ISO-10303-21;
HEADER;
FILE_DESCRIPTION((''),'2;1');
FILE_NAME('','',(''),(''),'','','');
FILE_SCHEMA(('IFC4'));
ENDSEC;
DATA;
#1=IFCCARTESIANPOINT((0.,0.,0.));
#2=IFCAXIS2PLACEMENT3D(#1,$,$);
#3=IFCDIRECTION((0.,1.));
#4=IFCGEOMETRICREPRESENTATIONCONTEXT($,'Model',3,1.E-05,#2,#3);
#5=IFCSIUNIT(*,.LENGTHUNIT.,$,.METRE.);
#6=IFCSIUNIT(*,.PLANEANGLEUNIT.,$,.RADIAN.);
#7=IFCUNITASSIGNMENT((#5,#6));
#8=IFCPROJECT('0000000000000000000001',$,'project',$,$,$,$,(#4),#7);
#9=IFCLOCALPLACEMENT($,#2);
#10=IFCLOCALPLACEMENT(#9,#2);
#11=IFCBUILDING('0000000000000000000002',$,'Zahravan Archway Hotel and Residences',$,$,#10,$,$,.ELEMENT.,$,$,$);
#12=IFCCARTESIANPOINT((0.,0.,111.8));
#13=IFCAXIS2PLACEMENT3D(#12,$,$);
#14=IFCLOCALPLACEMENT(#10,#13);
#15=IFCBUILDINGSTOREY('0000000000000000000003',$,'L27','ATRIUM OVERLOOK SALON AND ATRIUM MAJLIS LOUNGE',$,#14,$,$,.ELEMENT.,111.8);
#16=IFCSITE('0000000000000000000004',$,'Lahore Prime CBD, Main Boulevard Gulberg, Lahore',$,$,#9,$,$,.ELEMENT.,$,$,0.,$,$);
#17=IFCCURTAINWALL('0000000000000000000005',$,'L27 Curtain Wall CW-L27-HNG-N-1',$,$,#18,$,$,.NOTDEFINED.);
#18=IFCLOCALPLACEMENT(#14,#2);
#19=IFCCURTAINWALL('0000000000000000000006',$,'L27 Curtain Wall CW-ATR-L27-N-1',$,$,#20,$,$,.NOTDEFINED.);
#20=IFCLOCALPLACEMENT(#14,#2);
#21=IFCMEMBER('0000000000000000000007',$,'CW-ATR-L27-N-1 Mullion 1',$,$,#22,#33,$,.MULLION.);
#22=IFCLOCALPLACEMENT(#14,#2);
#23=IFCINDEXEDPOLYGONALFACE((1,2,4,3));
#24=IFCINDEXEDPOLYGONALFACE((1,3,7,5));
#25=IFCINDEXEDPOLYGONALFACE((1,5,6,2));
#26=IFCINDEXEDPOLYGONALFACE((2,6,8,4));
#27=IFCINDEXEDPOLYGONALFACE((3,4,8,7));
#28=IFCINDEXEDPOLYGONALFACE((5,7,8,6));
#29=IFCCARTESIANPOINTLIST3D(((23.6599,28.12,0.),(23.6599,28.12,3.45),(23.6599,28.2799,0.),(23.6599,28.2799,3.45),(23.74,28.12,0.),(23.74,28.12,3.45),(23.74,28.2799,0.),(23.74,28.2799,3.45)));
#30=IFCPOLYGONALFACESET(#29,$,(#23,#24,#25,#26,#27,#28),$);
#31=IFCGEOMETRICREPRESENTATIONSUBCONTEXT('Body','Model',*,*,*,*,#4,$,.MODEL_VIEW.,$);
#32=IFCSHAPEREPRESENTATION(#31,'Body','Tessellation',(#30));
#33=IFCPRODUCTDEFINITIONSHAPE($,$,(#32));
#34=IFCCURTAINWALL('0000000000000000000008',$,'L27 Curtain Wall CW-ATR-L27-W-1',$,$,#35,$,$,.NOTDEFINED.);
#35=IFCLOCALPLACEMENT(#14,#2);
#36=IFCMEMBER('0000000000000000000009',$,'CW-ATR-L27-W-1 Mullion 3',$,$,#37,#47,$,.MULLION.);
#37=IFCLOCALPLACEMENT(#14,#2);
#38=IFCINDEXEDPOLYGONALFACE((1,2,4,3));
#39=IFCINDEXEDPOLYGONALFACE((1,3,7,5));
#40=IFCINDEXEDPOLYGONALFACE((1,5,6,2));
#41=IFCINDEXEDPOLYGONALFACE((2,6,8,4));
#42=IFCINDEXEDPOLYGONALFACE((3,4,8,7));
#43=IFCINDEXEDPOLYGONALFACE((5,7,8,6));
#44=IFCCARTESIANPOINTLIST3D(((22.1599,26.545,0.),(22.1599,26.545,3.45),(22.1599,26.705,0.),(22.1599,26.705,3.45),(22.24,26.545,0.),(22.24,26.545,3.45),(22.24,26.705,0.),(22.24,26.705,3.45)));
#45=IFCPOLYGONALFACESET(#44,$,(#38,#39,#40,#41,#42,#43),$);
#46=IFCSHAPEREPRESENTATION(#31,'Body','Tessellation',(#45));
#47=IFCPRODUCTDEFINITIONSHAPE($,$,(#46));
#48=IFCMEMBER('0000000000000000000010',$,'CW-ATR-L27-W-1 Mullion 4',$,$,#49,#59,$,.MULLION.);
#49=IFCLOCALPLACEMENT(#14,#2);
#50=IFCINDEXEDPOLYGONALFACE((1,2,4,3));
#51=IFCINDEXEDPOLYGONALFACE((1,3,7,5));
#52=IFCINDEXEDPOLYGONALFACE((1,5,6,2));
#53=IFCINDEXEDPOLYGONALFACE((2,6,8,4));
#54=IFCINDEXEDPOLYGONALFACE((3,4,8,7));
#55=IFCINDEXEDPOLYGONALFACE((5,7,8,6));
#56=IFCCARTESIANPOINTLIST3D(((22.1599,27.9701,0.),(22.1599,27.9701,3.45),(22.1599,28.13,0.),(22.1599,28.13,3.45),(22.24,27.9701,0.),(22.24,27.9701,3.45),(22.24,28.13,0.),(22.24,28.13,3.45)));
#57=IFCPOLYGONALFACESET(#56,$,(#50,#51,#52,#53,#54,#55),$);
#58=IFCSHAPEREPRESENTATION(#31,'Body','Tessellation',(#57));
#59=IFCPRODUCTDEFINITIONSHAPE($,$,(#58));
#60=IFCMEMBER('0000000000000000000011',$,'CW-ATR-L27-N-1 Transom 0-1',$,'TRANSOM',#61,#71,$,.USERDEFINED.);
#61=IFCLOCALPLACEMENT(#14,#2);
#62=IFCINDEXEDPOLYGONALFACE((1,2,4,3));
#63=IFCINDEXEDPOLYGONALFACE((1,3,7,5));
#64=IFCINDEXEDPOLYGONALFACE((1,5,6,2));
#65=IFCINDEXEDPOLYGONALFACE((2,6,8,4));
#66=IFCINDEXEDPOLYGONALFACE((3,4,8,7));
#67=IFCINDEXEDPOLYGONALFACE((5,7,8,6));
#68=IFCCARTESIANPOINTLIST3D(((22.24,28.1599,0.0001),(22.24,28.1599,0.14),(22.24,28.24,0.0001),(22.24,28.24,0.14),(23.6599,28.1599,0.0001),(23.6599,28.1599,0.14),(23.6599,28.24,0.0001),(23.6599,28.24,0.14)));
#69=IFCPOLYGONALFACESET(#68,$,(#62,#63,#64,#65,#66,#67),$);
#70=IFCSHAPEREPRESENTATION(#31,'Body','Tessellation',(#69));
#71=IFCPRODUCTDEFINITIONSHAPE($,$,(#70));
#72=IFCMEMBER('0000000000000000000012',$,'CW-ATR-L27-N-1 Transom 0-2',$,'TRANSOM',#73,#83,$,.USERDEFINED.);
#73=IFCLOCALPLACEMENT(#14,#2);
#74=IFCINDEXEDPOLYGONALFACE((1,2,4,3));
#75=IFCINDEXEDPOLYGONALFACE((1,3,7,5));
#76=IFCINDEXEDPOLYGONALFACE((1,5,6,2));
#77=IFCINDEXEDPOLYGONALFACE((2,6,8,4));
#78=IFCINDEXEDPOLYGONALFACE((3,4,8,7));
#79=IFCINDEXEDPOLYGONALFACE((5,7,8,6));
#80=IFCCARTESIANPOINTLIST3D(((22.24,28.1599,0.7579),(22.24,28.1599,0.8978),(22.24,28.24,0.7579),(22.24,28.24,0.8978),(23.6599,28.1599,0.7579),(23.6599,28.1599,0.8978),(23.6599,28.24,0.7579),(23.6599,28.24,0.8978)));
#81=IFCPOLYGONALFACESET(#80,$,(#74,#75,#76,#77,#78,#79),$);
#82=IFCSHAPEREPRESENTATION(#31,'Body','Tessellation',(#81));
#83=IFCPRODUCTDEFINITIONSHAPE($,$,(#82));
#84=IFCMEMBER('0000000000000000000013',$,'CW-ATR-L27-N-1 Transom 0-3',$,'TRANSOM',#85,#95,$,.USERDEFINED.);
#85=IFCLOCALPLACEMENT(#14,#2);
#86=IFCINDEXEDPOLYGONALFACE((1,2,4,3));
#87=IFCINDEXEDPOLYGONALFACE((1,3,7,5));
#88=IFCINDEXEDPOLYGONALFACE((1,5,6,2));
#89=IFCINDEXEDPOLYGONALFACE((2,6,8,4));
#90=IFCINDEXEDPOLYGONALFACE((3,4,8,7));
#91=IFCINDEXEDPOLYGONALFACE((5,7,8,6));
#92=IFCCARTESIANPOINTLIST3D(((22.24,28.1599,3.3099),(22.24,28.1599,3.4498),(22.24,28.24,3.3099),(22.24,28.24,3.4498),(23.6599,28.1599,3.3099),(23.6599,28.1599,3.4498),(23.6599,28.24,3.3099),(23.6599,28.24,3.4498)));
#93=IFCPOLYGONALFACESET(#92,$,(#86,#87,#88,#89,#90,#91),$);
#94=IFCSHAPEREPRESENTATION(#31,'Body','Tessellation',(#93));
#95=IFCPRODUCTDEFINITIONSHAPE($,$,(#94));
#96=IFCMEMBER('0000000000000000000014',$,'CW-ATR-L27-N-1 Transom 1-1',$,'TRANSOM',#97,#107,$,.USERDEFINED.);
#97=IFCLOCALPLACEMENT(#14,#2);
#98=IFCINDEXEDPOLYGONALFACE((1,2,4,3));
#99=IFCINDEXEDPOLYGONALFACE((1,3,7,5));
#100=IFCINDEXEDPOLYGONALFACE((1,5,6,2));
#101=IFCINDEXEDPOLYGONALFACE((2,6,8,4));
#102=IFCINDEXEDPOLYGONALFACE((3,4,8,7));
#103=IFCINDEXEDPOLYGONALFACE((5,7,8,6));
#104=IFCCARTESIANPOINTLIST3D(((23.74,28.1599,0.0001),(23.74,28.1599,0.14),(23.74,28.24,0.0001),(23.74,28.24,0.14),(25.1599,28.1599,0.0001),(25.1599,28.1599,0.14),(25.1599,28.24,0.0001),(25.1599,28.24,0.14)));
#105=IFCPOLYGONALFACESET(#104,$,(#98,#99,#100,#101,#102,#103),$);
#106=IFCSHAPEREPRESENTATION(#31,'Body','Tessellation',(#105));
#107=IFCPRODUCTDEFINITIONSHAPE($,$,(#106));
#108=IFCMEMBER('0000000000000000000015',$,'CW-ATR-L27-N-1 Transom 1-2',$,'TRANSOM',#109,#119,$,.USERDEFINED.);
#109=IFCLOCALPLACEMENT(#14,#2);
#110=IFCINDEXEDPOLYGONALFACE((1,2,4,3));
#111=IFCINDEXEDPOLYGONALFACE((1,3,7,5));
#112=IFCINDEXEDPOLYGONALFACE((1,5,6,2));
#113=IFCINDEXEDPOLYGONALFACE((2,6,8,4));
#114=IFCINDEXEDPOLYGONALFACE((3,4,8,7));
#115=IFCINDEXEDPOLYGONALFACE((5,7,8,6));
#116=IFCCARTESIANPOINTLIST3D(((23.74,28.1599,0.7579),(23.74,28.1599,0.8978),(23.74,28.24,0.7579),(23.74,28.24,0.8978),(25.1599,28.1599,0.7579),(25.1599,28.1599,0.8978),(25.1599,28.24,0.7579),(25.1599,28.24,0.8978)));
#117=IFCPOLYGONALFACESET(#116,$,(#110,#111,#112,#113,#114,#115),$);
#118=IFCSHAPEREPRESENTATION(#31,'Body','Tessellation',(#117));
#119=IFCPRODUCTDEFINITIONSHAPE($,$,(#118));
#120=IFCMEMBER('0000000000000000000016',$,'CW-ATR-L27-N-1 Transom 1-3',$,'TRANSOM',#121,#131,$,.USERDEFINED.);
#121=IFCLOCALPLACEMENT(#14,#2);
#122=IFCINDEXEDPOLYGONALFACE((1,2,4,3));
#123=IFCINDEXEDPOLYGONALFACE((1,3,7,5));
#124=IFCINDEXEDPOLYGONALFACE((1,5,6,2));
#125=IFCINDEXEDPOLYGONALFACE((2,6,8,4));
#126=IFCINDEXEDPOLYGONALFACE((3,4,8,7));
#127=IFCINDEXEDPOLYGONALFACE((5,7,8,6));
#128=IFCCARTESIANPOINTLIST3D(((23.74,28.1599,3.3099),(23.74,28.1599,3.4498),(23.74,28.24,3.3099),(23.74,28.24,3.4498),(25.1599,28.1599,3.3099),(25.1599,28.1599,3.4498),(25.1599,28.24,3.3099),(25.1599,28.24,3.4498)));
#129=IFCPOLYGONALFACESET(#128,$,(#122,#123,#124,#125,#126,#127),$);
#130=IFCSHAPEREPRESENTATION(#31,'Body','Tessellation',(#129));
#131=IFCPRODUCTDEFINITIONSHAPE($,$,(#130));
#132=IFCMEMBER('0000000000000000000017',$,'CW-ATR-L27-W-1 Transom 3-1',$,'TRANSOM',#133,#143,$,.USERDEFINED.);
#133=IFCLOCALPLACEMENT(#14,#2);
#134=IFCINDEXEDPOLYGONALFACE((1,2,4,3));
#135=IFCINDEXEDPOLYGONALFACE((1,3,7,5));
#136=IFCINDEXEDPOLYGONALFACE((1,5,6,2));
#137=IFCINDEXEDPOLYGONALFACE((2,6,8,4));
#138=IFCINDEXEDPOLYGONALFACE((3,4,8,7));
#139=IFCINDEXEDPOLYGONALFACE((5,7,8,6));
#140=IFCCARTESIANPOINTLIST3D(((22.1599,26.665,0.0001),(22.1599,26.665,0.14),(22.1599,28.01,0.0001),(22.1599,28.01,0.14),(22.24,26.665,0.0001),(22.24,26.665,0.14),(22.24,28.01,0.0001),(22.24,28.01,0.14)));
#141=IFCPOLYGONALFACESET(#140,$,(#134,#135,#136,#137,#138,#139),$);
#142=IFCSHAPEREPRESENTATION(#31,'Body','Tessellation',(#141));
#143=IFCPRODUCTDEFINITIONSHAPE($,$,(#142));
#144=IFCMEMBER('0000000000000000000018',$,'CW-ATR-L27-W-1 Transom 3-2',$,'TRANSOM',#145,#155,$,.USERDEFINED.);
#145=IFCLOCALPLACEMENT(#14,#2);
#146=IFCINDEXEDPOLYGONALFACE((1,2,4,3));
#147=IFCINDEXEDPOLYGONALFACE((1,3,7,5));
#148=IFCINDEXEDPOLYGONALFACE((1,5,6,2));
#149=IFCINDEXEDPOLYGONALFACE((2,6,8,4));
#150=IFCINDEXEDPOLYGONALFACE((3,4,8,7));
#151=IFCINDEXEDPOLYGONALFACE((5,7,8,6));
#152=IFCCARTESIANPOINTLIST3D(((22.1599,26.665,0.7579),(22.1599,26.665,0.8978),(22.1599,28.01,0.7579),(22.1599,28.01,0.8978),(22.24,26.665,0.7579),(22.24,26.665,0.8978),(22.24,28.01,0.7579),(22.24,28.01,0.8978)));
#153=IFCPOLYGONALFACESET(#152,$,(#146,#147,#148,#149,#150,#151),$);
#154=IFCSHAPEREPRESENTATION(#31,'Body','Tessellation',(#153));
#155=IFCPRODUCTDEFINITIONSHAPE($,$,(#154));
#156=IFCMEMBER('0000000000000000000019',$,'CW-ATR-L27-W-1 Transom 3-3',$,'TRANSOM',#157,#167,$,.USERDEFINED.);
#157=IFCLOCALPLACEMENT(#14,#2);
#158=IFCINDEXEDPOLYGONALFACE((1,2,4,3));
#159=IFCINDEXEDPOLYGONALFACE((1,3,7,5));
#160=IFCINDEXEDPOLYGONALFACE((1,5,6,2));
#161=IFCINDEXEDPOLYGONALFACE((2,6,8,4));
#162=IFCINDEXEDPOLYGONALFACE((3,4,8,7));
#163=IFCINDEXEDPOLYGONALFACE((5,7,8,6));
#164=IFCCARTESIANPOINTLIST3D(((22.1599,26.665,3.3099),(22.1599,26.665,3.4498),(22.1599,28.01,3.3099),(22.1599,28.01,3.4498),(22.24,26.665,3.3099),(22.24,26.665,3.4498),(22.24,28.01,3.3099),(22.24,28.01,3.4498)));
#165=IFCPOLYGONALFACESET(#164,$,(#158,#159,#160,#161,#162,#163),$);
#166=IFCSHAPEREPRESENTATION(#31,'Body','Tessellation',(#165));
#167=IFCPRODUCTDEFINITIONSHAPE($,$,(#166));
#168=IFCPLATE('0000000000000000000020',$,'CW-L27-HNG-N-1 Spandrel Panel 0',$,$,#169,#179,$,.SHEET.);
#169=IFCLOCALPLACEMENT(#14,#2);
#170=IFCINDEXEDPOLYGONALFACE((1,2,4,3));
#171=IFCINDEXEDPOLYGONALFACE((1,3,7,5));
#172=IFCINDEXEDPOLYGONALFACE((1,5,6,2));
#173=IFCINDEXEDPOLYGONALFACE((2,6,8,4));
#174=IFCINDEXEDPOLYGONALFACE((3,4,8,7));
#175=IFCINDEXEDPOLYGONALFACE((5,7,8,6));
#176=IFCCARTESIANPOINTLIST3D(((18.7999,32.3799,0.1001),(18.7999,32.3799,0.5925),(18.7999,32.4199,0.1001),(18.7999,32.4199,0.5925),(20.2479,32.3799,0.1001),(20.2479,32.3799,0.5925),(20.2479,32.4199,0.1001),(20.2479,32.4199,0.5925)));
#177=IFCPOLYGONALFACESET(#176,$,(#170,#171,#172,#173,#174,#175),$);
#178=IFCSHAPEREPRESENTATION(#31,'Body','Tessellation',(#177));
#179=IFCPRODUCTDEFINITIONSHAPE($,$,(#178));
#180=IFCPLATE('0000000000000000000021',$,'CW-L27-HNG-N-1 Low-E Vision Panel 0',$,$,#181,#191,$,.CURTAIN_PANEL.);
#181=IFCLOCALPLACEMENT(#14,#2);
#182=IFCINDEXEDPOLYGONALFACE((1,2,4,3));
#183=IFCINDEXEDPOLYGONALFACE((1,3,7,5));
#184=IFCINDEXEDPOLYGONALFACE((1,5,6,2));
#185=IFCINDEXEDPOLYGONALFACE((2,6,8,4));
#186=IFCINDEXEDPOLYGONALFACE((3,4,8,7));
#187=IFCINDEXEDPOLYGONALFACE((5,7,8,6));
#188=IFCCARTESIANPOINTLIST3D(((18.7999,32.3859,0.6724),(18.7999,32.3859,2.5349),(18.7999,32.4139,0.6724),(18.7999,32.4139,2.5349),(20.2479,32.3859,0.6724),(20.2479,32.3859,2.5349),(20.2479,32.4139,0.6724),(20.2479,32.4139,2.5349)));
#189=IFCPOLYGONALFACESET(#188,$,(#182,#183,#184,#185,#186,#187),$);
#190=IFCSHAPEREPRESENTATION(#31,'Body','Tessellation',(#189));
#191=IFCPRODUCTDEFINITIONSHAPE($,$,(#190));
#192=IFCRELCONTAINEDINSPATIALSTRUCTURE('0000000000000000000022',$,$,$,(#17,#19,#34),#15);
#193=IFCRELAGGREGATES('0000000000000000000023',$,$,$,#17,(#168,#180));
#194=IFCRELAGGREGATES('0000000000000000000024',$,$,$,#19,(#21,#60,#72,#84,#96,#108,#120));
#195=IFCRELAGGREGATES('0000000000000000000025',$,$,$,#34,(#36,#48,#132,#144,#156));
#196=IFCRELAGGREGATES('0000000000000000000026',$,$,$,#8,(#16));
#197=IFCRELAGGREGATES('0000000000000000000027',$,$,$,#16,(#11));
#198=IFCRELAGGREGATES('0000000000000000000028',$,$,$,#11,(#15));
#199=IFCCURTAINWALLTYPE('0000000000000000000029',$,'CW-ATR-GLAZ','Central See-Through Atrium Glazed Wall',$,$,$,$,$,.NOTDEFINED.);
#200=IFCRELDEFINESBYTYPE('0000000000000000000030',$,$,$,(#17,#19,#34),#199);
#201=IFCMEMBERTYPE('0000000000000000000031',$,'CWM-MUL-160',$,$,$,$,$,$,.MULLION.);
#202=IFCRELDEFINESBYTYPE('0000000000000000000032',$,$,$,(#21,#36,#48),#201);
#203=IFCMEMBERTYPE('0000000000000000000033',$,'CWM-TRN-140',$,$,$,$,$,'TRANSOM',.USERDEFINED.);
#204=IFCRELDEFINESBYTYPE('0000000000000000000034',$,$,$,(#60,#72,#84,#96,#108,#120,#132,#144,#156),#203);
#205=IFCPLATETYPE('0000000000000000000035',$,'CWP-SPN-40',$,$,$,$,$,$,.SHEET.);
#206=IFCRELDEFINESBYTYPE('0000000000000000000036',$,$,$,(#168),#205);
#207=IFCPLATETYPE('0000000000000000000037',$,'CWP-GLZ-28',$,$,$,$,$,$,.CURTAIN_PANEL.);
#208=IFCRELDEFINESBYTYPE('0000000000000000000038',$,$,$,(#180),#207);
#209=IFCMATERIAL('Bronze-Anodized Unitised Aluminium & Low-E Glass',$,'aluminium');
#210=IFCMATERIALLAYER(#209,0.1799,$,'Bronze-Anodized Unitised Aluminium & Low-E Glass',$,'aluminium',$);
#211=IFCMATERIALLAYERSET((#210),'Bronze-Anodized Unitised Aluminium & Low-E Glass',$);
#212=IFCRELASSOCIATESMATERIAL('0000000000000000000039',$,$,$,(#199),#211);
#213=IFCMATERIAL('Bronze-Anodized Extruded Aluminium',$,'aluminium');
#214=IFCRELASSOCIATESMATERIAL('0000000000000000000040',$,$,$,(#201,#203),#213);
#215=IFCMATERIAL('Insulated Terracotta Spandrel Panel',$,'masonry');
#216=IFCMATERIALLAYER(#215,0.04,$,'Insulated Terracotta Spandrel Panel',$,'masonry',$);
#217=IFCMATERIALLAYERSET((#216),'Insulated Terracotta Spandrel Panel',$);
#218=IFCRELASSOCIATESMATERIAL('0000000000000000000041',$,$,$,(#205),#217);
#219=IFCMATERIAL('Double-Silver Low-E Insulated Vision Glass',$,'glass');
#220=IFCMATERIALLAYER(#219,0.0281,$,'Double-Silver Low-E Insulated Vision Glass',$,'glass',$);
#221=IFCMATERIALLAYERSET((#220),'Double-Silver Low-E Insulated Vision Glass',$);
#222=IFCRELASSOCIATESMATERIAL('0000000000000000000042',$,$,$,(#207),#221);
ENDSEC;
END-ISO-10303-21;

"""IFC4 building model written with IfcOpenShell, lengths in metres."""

from ifc_helpers import new_model, si_unit, direction, frame, origin, origin_2d, place, context, subcontext, project, spatial, rectangle, extrude, source, transform, mapped, material, layer, layer_set, material_profile, profile_set, type_object, element, aggregate, save


model = new_model("IFC4")

# Units and contexts
model_context = context("Model", 3, precision=1e-05, world=origin(), true_north=direction((0.0, 1.0)))
body_context = subcontext(model_context, "Body", "Model", "MODEL_VIEW")
ifc_project = project(units=[si_unit("LENGTHUNIT", "METRE"), si_unit("PLANEANGLEUNIT", "RADIAN")], contexts=[model_context])

# Site, building, storey
site_placement = place(None, origin())
site = spatial("IfcSite", under=ifc_project, at=site_placement, Name="Lahore Prime CBD, Main Boulevard Gulberg, Lahore", CompositionType="ELEMENT", RefElevation=0.0)
building_placement = place(site_placement, origin())
building = spatial("IfcBuilding", under=site, at=building_placement, Name="Zahravan Archway Hotel and Residences", CompositionType="ELEMENT")
storey_placement = place(building_placement, frame((0.0, 0.0, 111.8)))
storey = spatial("IfcBuildingStorey", under=building, at=storey_placement, Name="L27", Description="ATRIUM OVERLOOK SALON AND ATRIUM MAJLIS LOUNGE", CompositionType="ELEMENT", Elevation=111.8)

# Curtain walls, members
ifc_material_1 = material(Name="Bronze-Anodized Unitised Aluminium & Low-E Glass", Category="aluminium")
ifc_layer_1 = layer(ifc_material_1, 0.1799, Name="Bronze-Anodized Unitised Aluminium & Low-E Glass", Category="aluminium")
ifc_layer_set_1 = layer_set([ifc_layer_1], Name="Bronze-Anodized Unitised Aluminium & Low-E Glass")
curtain_wall_type = type_object("IfcCurtainWallType", Name="CW-ATR-GLAZ", Description="Central See-Through Atrium Glazed Wall", PredefinedType="NOTDEFINED", material=ifc_layer_set_1)
curtain_wall_1_placement = place(storey_placement, origin())
curtain_wall_1 = element("IfcCurtainWall", 1, at=curtain_wall_1_placement, inside=storey, type_object=curtain_wall_type, Name="L27 Curtain Wall CW-L27-HNG-N-1", PredefinedType="NOTDEFINED")
ifc_material_2 = material(Name="Bronze-Anodized Extruded Aluminium", Category="aluminium")
ifc_material_profile_1 = material_profile(ifc_material_2, rectangle(XDim=0.0801, YDim=0.1599, at=origin_2d()), Name="MUL 80x160", Category="aluminium")
ifc_profile_set_1 = profile_set([ifc_material_profile_1], Name="Bronze-Anodized Extruded Aluminium")
member_type_1 = type_object("IfcMemberType", Name="CWM-MUL-160", PredefinedType="MULLION", material=ifc_profile_set_1)
ifc_material_profile_2 = material_profile(ifc_material_2, rectangle(XDim=0.0801, YDim=0.1399, at=origin_2d()), Name="TRN 80x140", Category="aluminium")
ifc_profile_set_2 = profile_set([ifc_material_profile_2], Name="Bronze-Anodized Extruded Aluminium")
member_type_2 = type_object("IfcMemberType", Name="CWM-TRN-140", ElementType="TRANSOM", PredefinedType="USERDEFINED", material=ifc_profile_set_2)
curtain_wall_2_placement = place(storey_placement, origin())
curtain_wall_2 = element("IfcCurtainWall", 2, at=curtain_wall_2_placement, inside=storey, type_object=curtain_wall_type, Name="L27 Curtain Wall CW-ATR-L27-N-1", PredefinedType="NOTDEFINED")
shared_shape_1 = source(origin(), body_context, "Body", "SweptSolid", [
    extrude(rectangle(XDim=0.0801, YDim=0.1599, at=origin_2d()), origin(), (0.0, 0.0, 1.0), 3.45),
])
member_1_placement = place(storey_placement, frame((23.7, 28.2, 0.0), z_axis=(0.0, 0.0, 1.0), x_axis=(1.0, 0.0, 0.0)))
member_1 = element("IfcMember", 3, at=member_1_placement, type_object=member_type_1, Name="CW-ATR-L27-N-1 Mullion 1", PredefinedType="MULLION", context=body_context, shape_type="MappedRepresentation", body=[
    mapped(shared_shape_1, transform((0.0, 0.0, 0.0), scale=1.0)),
])
curtain_wall_3_placement = place(storey_placement, origin())
curtain_wall_3 = element("IfcCurtainWall", 4, at=curtain_wall_3_placement, inside=storey, type_object=curtain_wall_type, Name="L27 Curtain Wall CW-ATR-L27-W-1", PredefinedType="NOTDEFINED")
member_2_placement = place(storey_placement, frame((22.2, 26.625, 0.0), z_axis=(0.0, 0.0, 1.0), x_axis=(1.0, 0.0, 0.0)))
member_2 = element("IfcMember", 5, at=member_2_placement, type_object=member_type_1, Name="CW-ATR-L27-W-1 Mullion 3", PredefinedType="MULLION", context=body_context, shape_type="MappedRepresentation", body=[
    mapped(shared_shape_1, transform((0.0, 0.0, 0.0), scale=1.0)),
])
member_3_placement = place(storey_placement, frame((22.2, 28.05, 0.0), z_axis=(0.0, 0.0, 1.0), x_axis=(1.0, 0.0, 0.0)))
member_3 = element("IfcMember", 6, at=member_3_placement, type_object=member_type_1, Name="CW-ATR-L27-W-1 Mullion 4", PredefinedType="MULLION", context=body_context, shape_type="MappedRepresentation", body=[
    mapped(shared_shape_1, transform((0.0, 0.0, 0.0), scale=1.0)),
])

# Members
shared_shape_2 = source(origin(), body_context, "Body", "SweptSolid", [
    extrude(rectangle(XDim=0.0801, YDim=0.1399, at=origin_2d()), origin(), (0.0, 0.0, 1.0), 1.4199),
])
member_4_placement = place(storey_placement, frame((22.24, 28.2, 0.0701), z_axis=(1.0, 0.0, 0.0), x_axis=(0.0, 1.0, 0.0)))
member_4 = element("IfcMember", 7, at=member_4_placement, type_object=member_type_2, Name="CW-ATR-L27-N-1 Transom 0-1", ObjectType="TRANSOM", PredefinedType="USERDEFINED", context=body_context, shape_type="MappedRepresentation", body=[
    mapped(shared_shape_2, transform((0.0, 0.0, 0.0), scale=1.0)),
])
member_5_placement = place(storey_placement, frame((22.24, 28.2, 0.8279), z_axis=(1.0, 0.0, 0.0), x_axis=(0.0, 1.0, 0.0)))
member_5 = element("IfcMember", 8, at=member_5_placement, type_object=member_type_2, Name="CW-ATR-L27-N-1 Transom 0-2", ObjectType="TRANSOM", PredefinedType="USERDEFINED", context=body_context, shape_type="MappedRepresentation", body=[
    mapped(shared_shape_2, transform((0.0, 0.0, 0.0), scale=1.0)),
])
member_6_placement = place(storey_placement, frame((22.24, 28.2, 3.3799), z_axis=(1.0, 0.0, 0.0), x_axis=(0.0, 1.0, 0.0)))
member_6 = element("IfcMember", 9, at=member_6_placement, type_object=member_type_2, Name="CW-ATR-L27-N-1 Transom 0-3", ObjectType="TRANSOM", PredefinedType="USERDEFINED", context=body_context, shape_type="MappedRepresentation", body=[
    mapped(shared_shape_2, transform((0.0, 0.0, 0.0), scale=1.0)),
])
member_7_placement = place(storey_placement, frame((23.74, 28.2, 0.0701), z_axis=(1.0, 0.0, 0.0), x_axis=(0.0, 1.0, 0.0)))
member_7 = element("IfcMember", 10, at=member_7_placement, type_object=member_type_2, Name="CW-ATR-L27-N-1 Transom 1-1", ObjectType="TRANSOM", PredefinedType="USERDEFINED", context=body_context, shape_type="MappedRepresentation", body=[
    mapped(shared_shape_2, transform((0.0, 0.0, 0.0), scale=1.0)),
])
member_8_placement = place(storey_placement, frame((23.74, 28.2, 0.8279), z_axis=(1.0, 0.0, 0.0), x_axis=(0.0, 1.0, 0.0)))
member_8 = element("IfcMember", 11, at=member_8_placement, type_object=member_type_2, Name="CW-ATR-L27-N-1 Transom 1-2", ObjectType="TRANSOM", PredefinedType="USERDEFINED", context=body_context, shape_type="MappedRepresentation", body=[
    mapped(shared_shape_2, transform((0.0, 0.0, 0.0), scale=1.0)),
])
member_9_placement = place(storey_placement, frame((23.74, 28.2, 3.3799), z_axis=(1.0, 0.0, 0.0), x_axis=(0.0, 1.0, 0.0)))
member_9 = element("IfcMember", 12, at=member_9_placement, type_object=member_type_2, Name="CW-ATR-L27-N-1 Transom 1-3", ObjectType="TRANSOM", PredefinedType="USERDEFINED", context=body_context, shape_type="MappedRepresentation", body=[
    mapped(shared_shape_2, transform((0.0, 0.0, 0.0), scale=1.0)),
])
shared_shape_3 = source(origin(), body_context, "Body", "SweptSolid", [
    extrude(rectangle(XDim=0.0801, YDim=0.1399, at=origin_2d()), origin(), (0.0, 0.0, 1.0), 1.345),
])
member_10_placement = place(storey_placement, frame((22.2, 26.665, 0.0701), z_axis=(0.0, 1.0, 0.0), x_axis=(-1.0, 0.0, 0.0)))
member_10 = element("IfcMember", 13, at=member_10_placement, type_object=member_type_2, Name="CW-ATR-L27-W-1 Transom 3-1", ObjectType="TRANSOM", PredefinedType="USERDEFINED", context=body_context, shape_type="MappedRepresentation", body=[
    mapped(shared_shape_3, transform((0.0, 0.0, 0.0), scale=1.0)),
])
member_11_placement = place(storey_placement, frame((22.2, 26.665, 0.8279), z_axis=(0.0, 1.0, 0.0), x_axis=(-1.0, 0.0, 0.0)))
member_11 = element("IfcMember", 14, at=member_11_placement, type_object=member_type_2, Name="CW-ATR-L27-W-1 Transom 3-2", ObjectType="TRANSOM", PredefinedType="USERDEFINED", context=body_context, shape_type="MappedRepresentation", body=[
    mapped(shared_shape_3, transform((0.0, 0.0, 0.0), scale=1.0)),
])
member_12_placement = place(storey_placement, frame((22.2, 26.665, 3.3799), z_axis=(0.0, 1.0, 0.0), x_axis=(-1.0, 0.0, 0.0)))
member_12 = element("IfcMember", 15, at=member_12_placement, type_object=member_type_2, Name="CW-ATR-L27-W-1 Transom 3-3", ObjectType="TRANSOM", PredefinedType="USERDEFINED", context=body_context, shape_type="MappedRepresentation", body=[
    mapped(shared_shape_3, transform((0.0, 0.0, 0.0), scale=1.0)),
])

# Plates
ifc_material_3 = material(Name="Insulated Terracotta Spandrel Panel", Category="masonry")
ifc_layer_2 = layer(ifc_material_3, 0.04, Name="Insulated Terracotta Spandrel Panel", Category="masonry")
ifc_layer_set_2 = layer_set([ifc_layer_2], Name="Insulated Terracotta Spandrel Panel")
plate_type_1 = type_object("IfcPlateType", Name="CWP-SPN-40", PredefinedType="SHEET", material=ifc_layer_set_2)
shared_shape_4 = source(origin(), body_context, "Body", "SweptSolid", [
    extrude(rectangle(XDim=1.448, YDim=0.04, at=origin_2d()), origin(), (0.0, 0.0, 1.0), 0.4924),
])
plate_1_placement = place(storey_placement, frame((19.5239, 32.3999, 0.1001), z_axis=(0.0, 0.0, 1.0), x_axis=(1.0, 0.0, 0.0)))
plate_1 = element("IfcPlate", 16, at=plate_1_placement, type_object=plate_type_1, Name="CW-L27-HNG-N-1 Spandrel Panel 0", PredefinedType="SHEET", context=body_context, shape_type="MappedRepresentation", body=[
    mapped(shared_shape_4, transform((0.0, 0.0, 0.0), scale=1.0)),
])
ifc_material_4 = material(Name="Double-Silver Low-E Insulated Vision Glass", Category="glass")
ifc_layer_3 = layer(ifc_material_4, 0.0281, Name="Double-Silver Low-E Insulated Vision Glass", Category="glass")
ifc_layer_set_3 = layer_set([ifc_layer_3], Name="Double-Silver Low-E Insulated Vision Glass")
plate_type_2 = type_object("IfcPlateType", Name="CWP-GLZ-28", PredefinedType="CURTAIN_PANEL", material=ifc_layer_set_3)
shared_shape_5 = source(origin(), body_context, "Body", "SweptSolid", [
    extrude(rectangle(XDim=1.448, YDim=0.0281, at=origin_2d()), origin(), (0.0, 0.0, 1.0), 1.8625),
])
plate_2_placement = place(storey_placement, frame((19.5239, 32.3999, 0.6724), z_axis=(0.0, 0.0, 1.0), x_axis=(1.0, 0.0, 0.0)))
plate_2 = element("IfcPlate", 17, at=plate_2_placement, type_object=plate_type_2, Name="CW-L27-HNG-N-1 Low-E Vision Panel 0", PredefinedType="CURTAIN_PANEL", context=body_context, shape_type="MappedRepresentation", body=[
    mapped(shared_shape_5, transform((0.0, 0.0, 0.0), scale=1.0)),
])
aggregate(curtain_wall_1, [plate_1, plate_2])
aggregate(curtain_wall_2, [member_1, member_4, member_5, member_6, member_7, member_8, member_9])
aggregate(curtain_wall_3, [member_2, member_3, member_10, member_11, member_12])

save(model, "model.ifc")
